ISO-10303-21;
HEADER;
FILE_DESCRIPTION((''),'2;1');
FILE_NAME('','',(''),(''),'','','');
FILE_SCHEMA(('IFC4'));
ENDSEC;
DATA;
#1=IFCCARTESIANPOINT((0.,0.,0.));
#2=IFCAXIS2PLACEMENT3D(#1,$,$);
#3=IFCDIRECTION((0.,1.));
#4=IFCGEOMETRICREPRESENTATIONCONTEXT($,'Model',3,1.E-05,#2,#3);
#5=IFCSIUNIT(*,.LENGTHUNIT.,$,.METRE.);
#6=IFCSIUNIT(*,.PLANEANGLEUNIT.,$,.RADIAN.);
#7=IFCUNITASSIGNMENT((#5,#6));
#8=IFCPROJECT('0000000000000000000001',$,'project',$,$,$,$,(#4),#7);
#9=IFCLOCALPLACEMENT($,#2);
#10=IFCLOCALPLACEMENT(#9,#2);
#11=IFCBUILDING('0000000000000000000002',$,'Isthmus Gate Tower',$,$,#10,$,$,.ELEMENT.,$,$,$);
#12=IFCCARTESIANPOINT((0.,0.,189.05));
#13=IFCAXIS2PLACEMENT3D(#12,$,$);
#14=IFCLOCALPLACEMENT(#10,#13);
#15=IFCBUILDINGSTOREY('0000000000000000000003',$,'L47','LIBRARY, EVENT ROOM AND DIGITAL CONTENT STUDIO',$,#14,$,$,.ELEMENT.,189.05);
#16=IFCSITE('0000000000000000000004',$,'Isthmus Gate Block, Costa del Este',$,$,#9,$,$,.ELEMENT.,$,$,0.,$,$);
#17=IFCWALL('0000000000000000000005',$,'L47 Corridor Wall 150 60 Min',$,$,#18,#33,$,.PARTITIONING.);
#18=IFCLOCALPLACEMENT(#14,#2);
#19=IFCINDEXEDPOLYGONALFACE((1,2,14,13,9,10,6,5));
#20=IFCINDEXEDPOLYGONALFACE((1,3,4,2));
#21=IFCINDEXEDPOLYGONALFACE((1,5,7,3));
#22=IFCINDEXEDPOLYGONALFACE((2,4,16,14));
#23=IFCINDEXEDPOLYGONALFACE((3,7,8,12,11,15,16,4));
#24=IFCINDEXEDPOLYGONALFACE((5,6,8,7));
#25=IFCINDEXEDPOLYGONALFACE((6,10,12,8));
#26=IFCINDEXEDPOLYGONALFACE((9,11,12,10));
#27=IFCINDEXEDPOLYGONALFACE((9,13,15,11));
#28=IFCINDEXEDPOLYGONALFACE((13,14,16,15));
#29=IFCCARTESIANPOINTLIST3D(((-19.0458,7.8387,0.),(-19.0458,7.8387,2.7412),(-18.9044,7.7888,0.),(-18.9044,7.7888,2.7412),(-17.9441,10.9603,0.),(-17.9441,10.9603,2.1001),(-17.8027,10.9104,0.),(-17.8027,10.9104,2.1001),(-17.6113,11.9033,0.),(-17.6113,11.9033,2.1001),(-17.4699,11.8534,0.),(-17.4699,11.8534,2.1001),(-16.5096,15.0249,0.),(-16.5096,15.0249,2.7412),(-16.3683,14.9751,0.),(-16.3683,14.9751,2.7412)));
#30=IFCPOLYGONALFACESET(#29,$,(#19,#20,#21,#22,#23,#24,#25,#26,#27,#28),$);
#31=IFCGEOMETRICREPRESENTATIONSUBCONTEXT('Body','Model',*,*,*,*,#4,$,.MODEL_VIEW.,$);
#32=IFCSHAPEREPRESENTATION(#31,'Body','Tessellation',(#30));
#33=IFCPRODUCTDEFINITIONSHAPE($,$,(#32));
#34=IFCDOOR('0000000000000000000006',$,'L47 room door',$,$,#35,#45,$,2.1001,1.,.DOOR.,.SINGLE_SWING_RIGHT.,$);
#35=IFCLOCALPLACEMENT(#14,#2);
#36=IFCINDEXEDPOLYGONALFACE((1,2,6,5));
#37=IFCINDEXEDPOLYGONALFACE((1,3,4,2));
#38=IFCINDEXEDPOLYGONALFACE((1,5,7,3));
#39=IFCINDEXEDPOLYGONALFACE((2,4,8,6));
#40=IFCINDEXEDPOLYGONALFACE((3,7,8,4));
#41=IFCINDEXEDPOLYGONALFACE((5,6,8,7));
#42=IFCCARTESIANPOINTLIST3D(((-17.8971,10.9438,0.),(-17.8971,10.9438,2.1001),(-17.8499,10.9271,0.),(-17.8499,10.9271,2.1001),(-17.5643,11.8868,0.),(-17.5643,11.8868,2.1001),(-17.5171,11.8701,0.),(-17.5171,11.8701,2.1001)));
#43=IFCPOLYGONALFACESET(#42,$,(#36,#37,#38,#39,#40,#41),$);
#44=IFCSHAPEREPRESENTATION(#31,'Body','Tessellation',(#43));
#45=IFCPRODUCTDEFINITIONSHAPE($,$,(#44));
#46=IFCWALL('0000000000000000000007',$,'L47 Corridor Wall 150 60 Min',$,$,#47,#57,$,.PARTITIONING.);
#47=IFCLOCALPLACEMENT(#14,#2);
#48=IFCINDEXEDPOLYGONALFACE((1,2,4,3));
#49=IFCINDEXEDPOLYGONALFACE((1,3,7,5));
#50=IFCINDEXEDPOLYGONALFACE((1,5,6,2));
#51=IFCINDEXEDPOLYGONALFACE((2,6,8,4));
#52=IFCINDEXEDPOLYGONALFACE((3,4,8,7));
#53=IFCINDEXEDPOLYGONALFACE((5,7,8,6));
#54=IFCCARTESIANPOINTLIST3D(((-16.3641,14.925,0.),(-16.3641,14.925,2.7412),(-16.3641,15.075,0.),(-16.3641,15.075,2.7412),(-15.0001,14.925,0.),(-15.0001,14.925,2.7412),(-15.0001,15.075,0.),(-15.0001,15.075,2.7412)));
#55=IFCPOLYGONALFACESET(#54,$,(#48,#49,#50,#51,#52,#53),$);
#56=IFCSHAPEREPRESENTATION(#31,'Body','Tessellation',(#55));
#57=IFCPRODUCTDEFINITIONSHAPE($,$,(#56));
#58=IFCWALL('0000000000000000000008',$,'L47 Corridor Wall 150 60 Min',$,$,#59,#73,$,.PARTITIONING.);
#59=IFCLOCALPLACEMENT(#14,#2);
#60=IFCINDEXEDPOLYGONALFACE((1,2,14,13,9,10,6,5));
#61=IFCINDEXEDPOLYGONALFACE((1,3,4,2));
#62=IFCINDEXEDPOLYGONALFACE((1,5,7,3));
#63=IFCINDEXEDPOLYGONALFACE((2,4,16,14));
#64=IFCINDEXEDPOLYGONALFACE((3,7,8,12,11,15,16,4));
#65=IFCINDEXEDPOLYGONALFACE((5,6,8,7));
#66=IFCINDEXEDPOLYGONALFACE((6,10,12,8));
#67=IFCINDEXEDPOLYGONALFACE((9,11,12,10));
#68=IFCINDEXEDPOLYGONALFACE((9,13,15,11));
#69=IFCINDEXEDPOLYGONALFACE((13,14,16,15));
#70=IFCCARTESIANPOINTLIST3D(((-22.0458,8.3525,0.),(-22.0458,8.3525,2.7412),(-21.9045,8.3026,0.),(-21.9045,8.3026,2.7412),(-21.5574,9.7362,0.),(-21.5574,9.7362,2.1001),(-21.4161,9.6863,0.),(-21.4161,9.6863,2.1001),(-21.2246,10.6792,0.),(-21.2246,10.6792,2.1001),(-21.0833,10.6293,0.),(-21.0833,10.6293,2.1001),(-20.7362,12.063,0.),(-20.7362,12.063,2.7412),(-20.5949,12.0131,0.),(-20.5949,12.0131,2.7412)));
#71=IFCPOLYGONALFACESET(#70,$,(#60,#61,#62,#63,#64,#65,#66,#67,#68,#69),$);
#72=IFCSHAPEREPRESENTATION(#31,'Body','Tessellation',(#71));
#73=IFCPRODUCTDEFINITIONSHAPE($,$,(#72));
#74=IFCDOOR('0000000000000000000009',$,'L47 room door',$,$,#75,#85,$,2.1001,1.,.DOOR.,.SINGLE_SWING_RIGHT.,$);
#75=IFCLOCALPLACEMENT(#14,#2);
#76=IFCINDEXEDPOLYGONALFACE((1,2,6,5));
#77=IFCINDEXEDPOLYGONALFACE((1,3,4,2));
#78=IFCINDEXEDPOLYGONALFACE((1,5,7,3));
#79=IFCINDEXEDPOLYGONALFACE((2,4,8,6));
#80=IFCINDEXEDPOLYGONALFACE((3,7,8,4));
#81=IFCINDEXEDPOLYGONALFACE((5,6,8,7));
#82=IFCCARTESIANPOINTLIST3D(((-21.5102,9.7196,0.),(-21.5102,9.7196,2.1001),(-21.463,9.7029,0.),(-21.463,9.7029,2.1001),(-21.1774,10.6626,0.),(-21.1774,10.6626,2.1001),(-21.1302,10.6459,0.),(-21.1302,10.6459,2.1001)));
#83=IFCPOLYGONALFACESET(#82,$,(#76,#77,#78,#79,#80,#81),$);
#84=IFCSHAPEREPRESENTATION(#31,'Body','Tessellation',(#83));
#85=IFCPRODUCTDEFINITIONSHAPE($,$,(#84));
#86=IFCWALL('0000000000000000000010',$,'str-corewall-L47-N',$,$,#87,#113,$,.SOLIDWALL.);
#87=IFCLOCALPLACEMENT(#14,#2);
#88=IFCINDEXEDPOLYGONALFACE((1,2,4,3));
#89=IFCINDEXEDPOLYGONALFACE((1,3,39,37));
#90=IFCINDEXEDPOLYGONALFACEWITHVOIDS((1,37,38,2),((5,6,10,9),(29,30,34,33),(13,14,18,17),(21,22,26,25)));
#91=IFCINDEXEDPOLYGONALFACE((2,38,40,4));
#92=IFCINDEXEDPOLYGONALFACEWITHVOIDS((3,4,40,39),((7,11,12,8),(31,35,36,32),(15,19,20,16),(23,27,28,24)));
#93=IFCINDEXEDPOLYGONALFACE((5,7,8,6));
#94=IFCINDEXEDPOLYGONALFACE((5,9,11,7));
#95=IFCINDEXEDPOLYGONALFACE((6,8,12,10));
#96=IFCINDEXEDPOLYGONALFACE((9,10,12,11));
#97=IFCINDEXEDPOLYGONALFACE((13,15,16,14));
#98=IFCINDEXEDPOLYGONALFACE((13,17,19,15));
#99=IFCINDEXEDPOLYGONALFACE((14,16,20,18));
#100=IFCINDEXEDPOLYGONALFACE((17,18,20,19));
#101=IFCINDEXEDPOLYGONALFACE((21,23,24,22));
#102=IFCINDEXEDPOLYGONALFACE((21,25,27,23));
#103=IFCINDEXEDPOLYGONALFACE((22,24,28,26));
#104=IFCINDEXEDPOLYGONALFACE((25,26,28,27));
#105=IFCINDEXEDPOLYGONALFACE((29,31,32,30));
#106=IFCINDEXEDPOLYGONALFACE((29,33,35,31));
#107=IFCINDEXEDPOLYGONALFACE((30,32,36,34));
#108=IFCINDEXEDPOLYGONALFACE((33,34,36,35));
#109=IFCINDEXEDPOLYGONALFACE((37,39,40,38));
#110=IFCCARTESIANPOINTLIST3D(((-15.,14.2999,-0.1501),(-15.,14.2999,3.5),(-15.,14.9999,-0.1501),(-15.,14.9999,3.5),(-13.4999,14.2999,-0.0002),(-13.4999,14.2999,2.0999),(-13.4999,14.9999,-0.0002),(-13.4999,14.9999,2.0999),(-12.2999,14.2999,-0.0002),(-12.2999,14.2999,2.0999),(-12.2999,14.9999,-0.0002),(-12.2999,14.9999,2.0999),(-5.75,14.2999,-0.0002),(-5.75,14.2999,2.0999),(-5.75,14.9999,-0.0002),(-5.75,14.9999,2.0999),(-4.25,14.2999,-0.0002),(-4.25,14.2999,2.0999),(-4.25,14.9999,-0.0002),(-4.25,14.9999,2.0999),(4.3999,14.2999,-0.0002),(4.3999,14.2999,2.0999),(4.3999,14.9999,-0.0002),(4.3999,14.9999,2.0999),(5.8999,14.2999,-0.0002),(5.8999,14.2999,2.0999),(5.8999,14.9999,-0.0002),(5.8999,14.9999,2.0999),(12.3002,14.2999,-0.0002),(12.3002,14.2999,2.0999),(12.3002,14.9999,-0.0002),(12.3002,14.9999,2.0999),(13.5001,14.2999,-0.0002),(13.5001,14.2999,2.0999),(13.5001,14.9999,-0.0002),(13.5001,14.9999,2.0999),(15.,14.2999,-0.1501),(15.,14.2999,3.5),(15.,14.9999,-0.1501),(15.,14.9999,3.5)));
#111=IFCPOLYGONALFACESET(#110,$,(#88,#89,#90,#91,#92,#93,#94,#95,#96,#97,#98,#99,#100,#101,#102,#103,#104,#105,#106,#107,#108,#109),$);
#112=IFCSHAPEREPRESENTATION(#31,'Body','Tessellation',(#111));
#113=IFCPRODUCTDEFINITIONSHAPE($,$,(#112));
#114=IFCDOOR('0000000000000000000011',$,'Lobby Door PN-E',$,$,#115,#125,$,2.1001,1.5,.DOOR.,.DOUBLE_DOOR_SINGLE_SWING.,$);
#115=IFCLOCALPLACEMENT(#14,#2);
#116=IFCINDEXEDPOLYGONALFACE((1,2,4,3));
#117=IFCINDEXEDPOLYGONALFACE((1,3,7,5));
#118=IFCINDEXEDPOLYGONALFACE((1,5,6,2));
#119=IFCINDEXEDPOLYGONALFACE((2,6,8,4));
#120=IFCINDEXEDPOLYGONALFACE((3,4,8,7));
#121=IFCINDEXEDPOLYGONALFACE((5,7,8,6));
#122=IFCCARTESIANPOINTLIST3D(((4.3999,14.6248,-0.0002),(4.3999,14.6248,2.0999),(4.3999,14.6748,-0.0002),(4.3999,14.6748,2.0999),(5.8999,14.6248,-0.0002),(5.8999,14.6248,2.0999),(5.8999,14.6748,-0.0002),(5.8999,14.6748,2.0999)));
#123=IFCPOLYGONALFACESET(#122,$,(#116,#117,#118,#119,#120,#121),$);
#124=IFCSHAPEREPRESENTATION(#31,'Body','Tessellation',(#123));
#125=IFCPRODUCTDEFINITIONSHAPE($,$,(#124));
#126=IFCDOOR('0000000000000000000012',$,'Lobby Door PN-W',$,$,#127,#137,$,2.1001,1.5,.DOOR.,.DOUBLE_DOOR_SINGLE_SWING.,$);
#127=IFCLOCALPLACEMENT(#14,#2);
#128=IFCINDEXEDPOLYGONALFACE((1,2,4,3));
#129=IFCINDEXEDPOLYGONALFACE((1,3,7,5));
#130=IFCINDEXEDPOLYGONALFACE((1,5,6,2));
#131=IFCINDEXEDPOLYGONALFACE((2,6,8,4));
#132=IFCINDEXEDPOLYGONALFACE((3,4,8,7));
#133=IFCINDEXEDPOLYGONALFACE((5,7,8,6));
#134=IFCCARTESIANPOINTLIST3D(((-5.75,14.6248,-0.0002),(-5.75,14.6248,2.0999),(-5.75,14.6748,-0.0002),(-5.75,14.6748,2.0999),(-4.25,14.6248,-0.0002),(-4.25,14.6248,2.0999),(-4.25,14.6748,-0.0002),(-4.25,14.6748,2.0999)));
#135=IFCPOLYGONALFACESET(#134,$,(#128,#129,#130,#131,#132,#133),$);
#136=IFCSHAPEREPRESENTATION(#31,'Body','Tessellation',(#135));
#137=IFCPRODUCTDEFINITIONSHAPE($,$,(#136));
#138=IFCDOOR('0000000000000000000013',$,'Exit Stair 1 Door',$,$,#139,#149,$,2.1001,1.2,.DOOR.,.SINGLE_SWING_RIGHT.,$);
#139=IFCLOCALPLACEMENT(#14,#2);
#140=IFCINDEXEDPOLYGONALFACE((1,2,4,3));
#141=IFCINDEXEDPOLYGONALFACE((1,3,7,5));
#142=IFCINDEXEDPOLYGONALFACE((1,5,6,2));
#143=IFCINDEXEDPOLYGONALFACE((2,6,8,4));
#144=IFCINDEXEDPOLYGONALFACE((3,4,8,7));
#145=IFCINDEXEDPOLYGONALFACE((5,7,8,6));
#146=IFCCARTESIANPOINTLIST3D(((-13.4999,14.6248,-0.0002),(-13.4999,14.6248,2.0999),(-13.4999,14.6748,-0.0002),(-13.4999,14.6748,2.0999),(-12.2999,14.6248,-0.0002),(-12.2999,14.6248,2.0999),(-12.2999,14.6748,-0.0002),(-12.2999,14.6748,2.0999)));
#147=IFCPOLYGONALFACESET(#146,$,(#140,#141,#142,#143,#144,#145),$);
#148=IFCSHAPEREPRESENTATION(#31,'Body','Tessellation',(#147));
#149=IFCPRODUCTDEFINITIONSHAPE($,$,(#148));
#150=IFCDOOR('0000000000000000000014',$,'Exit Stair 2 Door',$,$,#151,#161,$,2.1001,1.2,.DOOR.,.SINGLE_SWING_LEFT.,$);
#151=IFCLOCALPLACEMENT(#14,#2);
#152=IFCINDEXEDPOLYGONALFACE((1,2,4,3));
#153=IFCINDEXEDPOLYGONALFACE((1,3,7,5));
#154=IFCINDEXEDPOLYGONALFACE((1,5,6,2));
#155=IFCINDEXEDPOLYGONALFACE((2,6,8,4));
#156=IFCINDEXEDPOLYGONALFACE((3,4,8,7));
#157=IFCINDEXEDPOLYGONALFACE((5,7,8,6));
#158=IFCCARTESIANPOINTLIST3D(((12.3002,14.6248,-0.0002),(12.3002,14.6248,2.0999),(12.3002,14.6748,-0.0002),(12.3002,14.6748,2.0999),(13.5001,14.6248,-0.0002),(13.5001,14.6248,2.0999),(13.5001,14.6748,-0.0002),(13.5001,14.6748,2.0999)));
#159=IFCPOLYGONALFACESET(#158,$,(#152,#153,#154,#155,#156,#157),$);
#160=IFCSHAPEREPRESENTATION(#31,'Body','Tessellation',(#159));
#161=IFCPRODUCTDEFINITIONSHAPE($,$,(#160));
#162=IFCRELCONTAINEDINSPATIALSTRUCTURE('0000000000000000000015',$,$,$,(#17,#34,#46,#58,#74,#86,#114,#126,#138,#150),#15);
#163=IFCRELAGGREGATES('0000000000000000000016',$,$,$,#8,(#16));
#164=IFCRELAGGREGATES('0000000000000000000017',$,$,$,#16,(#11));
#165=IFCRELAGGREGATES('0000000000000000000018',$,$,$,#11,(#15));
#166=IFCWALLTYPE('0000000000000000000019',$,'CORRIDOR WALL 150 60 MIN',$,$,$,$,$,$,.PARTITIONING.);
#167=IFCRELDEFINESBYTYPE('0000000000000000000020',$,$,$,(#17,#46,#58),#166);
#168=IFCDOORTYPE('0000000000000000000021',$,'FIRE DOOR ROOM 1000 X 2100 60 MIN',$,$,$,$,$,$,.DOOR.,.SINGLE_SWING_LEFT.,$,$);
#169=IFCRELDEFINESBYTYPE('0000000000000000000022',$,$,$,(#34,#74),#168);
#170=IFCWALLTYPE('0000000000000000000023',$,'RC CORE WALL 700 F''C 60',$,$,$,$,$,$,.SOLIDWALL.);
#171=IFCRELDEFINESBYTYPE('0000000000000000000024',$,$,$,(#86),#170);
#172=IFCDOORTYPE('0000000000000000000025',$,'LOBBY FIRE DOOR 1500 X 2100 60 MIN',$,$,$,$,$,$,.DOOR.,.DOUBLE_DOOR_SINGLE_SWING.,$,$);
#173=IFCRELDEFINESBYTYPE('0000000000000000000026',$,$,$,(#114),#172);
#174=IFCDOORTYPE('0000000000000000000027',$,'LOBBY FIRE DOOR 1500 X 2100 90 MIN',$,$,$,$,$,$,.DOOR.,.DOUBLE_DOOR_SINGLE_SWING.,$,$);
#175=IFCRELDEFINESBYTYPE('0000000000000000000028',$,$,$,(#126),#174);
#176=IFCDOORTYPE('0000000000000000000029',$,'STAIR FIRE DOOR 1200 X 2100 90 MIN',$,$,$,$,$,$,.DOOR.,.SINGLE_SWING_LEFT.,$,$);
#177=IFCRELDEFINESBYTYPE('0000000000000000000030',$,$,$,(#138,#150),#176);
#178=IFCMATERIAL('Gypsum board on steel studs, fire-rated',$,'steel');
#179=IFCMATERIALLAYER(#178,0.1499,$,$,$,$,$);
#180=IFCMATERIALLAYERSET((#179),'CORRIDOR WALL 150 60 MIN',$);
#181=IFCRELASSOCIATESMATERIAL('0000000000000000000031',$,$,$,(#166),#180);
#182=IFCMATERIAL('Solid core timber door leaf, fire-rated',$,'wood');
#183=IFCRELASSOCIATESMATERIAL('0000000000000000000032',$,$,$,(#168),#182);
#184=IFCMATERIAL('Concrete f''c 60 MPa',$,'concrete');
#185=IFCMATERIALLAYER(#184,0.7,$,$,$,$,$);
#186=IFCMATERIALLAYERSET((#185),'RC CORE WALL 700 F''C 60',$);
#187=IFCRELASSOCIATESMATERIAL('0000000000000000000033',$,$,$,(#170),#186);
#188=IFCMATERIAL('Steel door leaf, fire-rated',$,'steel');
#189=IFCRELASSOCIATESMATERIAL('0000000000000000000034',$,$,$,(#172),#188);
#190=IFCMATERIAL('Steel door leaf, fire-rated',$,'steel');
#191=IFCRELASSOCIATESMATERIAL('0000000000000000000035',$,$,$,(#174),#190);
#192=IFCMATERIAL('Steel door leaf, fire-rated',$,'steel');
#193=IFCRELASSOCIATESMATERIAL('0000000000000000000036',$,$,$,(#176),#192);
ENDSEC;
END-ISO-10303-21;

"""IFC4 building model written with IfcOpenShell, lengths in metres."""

from ifc_helpers import new_model, si_unit, direction, frame, frame_2d, origin, place, context, subcontext, project, spatial, rectangle, extrude, material, layer, layer_set, type_object, element, fill, save


model = new_model("IFC4")

# Units and contexts
model_context = context("Model", 3, precision=1e-05, world=origin(), true_north=direction((0.0, 1.0)))
body_context = subcontext(model_context, "Body", "Model", "MODEL_VIEW")
ifc_project = project(units=[si_unit("LENGTHUNIT", "METRE"), si_unit("PLANEANGLEUNIT", "RADIAN")], contexts=[model_context])

# Site, building, storey
site_placement = place(None, origin())
site = spatial("IfcSite", under=ifc_project, at=site_placement, Name="Isthmus Gate Block, Costa del Este", CompositionType="ELEMENT", RefElevation=0.0)
building_placement = place(site_placement, origin())
building = spatial("IfcBuilding", under=site, at=building_placement, Name="Isthmus Gate Tower", CompositionType="ELEMENT")
storey_placement = place(building_placement, frame((0.0, 0.0, 189.05)))
storey = spatial("IfcBuildingStorey", under=building, at=storey_placement, Name="L47", Description="LIBRARY, EVENT ROOM AND DIGITAL CONTENT STUDIO", CompositionType="ELEMENT", Elevation=189.05)

# Shared definitions
ifc_material_1 = material(Name="Gypsum board on steel studs, fire-rated", Category="steel")
ifc_layer_1 = layer(ifc_material_1, 0.1499)
ifc_layer_set_1 = layer_set([ifc_layer_1], Name="CORRIDOR WALL 150 60 MIN")
wall_type_1 = type_object("IfcWallType", Name="CORRIDOR WALL 150 60 MIN", PredefinedType="PARTITIONING", material=ifc_layer_set_1)

# Wall, opening, door
wall_1_placement = place(storey_placement, frame((-16.439, 15.0, 0.0), z_axis=(0.0, 0.0, 1.0), x_axis=(-0.332797, -0.942999, 0.0)))
wall_1 = element("IfcWall", 1, at=wall_1_placement, inside=storey, type_object=wall_type_1, Name="L47 Corridor Wall 150 60 Min", PredefinedType="PARTITIONING", context=body_context, shape_type="SweptSolid", body=[
    extrude(rectangle(XDim=7.6206, YDim=0.1499, at=frame_2d((3.8103, 0.0))), origin(), (0.0, 0.0, 1.0), 2.7412),
])
opening_1_placement = place(wall_1_placement, frame((3.3103, 0.0, 0.0)))
opening_1 = element("IfcOpeningElement", 2, at=opening_1_placement, cuts=wall_1, PredefinedType="OPENING", context=body_context, shape_type="SweptSolid", body=[
    extrude(rectangle(XDim=1.0, YDim=2.1001, at=frame_2d((0.5, 1.05))), frame((0.0, 0.085, 0.0), z_axis=(0.0, -1.0, 0.0), x_axis=(1.0, 0.0, 0.0)), (0.0, 0.0, 1.0), 0.1699),
])
ifc_material_2 = material(Name="Solid core timber door leaf, fire-rated", Category="wood")
door_type_1 = type_object("IfcDoorType", Name="FIRE DOOR ROOM 1000 X 2100 60 MIN", OperationType="SINGLE_SWING_LEFT", PredefinedType="DOOR", material=ifc_material_2)
door_1_placement = place(opening_1_placement, origin())
door_1 = element("IfcDoor", 3, at=door_1_placement, inside=storey, type_object=door_type_1, Name="L47 room door", OperationType="SINGLE_SWING_RIGHT", OverallHeight=2.1001, OverallWidth=1.0, PredefinedType="DOOR", context=body_context, shape_type="SweptSolid", body=[
    extrude(rectangle(XDim=1.0, YDim=2.1001, at=frame_2d((0.5, 1.05))), frame((0.0, 0.0249, 0.0), z_axis=(0.0, -1.0, 0.0), x_axis=(1.0, 0.0, 0.0)), (0.0, 0.0, 1.0), 0.05),
])
fill(opening_1, door_1)

# Wall
wall_2_placement = place(storey_placement, frame((-15.0, 15.0, 0.0), z_axis=(0.0, 0.0, 1.0), x_axis=(-1.0, 0.0, 0.0)))
element("IfcWall", 4, at=wall_2_placement, inside=storey, type_object=wall_type_1, Name="L47 Corridor Wall 150 60 Min", PredefinedType="PARTITIONING", context=body_context, shape_type="SweptSolid", body=[
    extrude(rectangle(XDim=1.364, YDim=0.1499, at=frame_2d((0.6821, 0.0))), origin(), (0.0, 0.0, 1.0), 2.7412),
])

# Wall, opening, door
wall_3_placement = place(storey_placement, frame((-21.9751, 8.3276, 0.0), z_axis=(0.0, 0.0, 1.0), x_axis=(0.33282, 0.94299, 0.0)))
wall_3 = element("IfcWall", 5, at=wall_3_placement, inside=storey, type_object=wall_type_1, Name="L47 Corridor Wall 150 60 Min", PredefinedType="PARTITIONING", context=body_context, shape_type="SweptSolid", body=[
    extrude(rectangle(XDim=3.9348, YDim=0.1499, at=frame_2d((1.9673, 0.0))), origin(), (0.0, 0.0, 1.0), 2.7412),
])
opening_2_placement = place(wall_3_placement, frame((1.4673, 0.0, 0.0)))
opening_2 = element("IfcOpeningElement", 6, at=opening_2_placement, cuts=wall_3, PredefinedType="OPENING", context=body_context, shape_type="SweptSolid", body=[
    extrude(rectangle(XDim=1.0, YDim=2.1001, at=frame_2d((0.5, 1.05))), frame((0.0, 0.085, 0.0), z_axis=(0.0, -1.0, 0.0), x_axis=(1.0, 0.0, 0.0)), (0.0, 0.0, 1.0), 0.1699),
])
door_2_placement = place(opening_2_placement, origin())
door_2 = element("IfcDoor", 7, at=door_2_placement, inside=storey, type_object=door_type_1, Name="L47 room door", OperationType="SINGLE_SWING_RIGHT", OverallHeight=2.1001, OverallWidth=1.0, PredefinedType="DOOR", context=body_context, shape_type="SweptSolid", body=[
    extrude(rectangle(XDim=1.0, YDim=2.1001, at=frame_2d((0.5, 1.05))), frame((0.0, 0.0249, 0.0), z_axis=(0.0, -1.0, 0.0), x_axis=(1.0, 0.0, 0.0)), (0.0, 0.0, 1.0), 0.05),
])
fill(opening_2, door_2)

# Wall, openings, doors
ifc_material_3 = material(Name="Concrete f'c 60 MPa", Category="concrete")
ifc_layer_2 = layer(ifc_material_3, 0.7)
ifc_layer_set_2 = layer_set([ifc_layer_2], Name="RC CORE WALL 700 F'C 60")
wall_type_2 = type_object("IfcWallType", Name="RC CORE WALL 700 F'C 60", PredefinedType="SOLIDWALL", material=ifc_layer_set_2)
wall_4_placement = place(storey_placement, frame((-15.0, 14.6499, -0.1501), z_axis=(0.0, 0.0, 1.0), x_axis=(1.0, 0.0, 0.0)))
wall_4 = element("IfcWall", 8, at=wall_4_placement, inside=storey, type_object=wall_type_2, Name="str-corewall-L47-N", PredefinedType="SOLIDWALL", context=body_context, shape_type="SweptSolid", body=[
    extrude(rectangle(XDim=30.0, YDim=0.7, at=frame_2d((15.0, 0.0))), origin(), (0.0, 0.0, 1.0), 3.6501),
])
opening_3_placement = place(wall_4_placement, frame((9.25, 0.0, 0.1499)))
opening_3 = element("IfcOpeningElement", 9, at=opening_3_placement, cuts=wall_4, PredefinedType="OPENING", context=body_context, shape_type="SweptSolid", body=[
    extrude(rectangle(XDim=1.5, YDim=2.1001, at=frame_2d((0.75, 1.05))), frame((0.0, 0.3599, 0.0), z_axis=(0.0, -1.0, 0.0), x_axis=(1.0, 0.0, 0.0)), (0.0, 0.0, 1.0), 0.72),
])
opening_4_placement = place(wall_4_placement, frame((19.3999, 0.0, 0.1499)))
opening_4 = element("IfcOpeningElement", 10, at=opening_4_placement, cuts=wall_4, PredefinedType="OPENING", context=body_context, shape_type="SweptSolid", body=[
    extrude(rectangle(XDim=1.5, YDim=2.1001, at=frame_2d((0.75, 1.05))), frame((0.0, 0.3599, 0.0), z_axis=(0.0, -1.0, 0.0), x_axis=(1.0, 0.0, 0.0)), (0.0, 0.0, 1.0), 0.72),
])
opening_5_placement = place(wall_4_placement, frame((1.5, 0.0, 0.1499)))
opening_5 = element("IfcOpeningElement", 11, at=opening_5_placement, cuts=wall_4, PredefinedType="OPENING", context=body_context, shape_type="SweptSolid", body=[
    extrude(rectangle(XDim=1.2, YDim=2.1001, at=frame_2d((0.6001, 1.05))), frame((0.0, 0.3599, 0.0), z_axis=(0.0, -1.0, 0.0), x_axis=(1.0, 0.0, 0.0)), (0.0, 0.0, 1.0), 0.72),
])
opening_6_placement = place(wall_4_placement, frame((27.3, 0.0, 0.1499)))
opening_6 = element("IfcOpeningElement", 12, at=opening_6_placement, cuts=wall_4, PredefinedType="OPENING", context=body_context, shape_type="SweptSolid", body=[
    extrude(rectangle(XDim=1.2, YDim=2.1001, at=frame_2d((0.6001, 1.05))), frame((0.0, 0.3599, 0.0), z_axis=(0.0, -1.0, 0.0), x_axis=(1.0, 0.0, 0.0)), (0.0, 0.0, 1.0), 0.72),
])
ifc_material_4 = material(Name="Steel door leaf, fire-rated", Category="steel")
door_type_2 = type_object("IfcDoorType", Name="LOBBY FIRE DOOR 1500 X 2100 60 MIN", OperationType="DOUBLE_DOOR_SINGLE_SWING", PredefinedType="DOOR", material=ifc_material_4)
door_3_placement = place(opening_4_placement, origin())
door_3 = element("IfcDoor", 13, at=door_3_placement, inside=storey, type_object=door_type_2, Name="Lobby Door PN-E", OperationType="DOUBLE_DOOR_SINGLE_SWING", OverallHeight=2.1001, OverallWidth=1.5, PredefinedType="DOOR", context=body_context, shape_type="SweptSolid", body=[
    extrude(rectangle(XDim=1.5, YDim=2.1001, at=frame_2d((0.75, 1.05))), frame((0.0, 0.0249, 0.0), z_axis=(0.0, -1.0, 0.0), x_axis=(1.0, 0.0, 0.0)), (0.0, 0.0, 1.0), 0.05),
])
fill(opening_4, door_3)
ifc_material_5 = material(Name="Steel door leaf, fire-rated", Category="steel")
door_type_3 = type_object("IfcDoorType", Name="LOBBY FIRE DOOR 1500 X 2100 90 MIN", OperationType="DOUBLE_DOOR_SINGLE_SWING", PredefinedType="DOOR", material=ifc_material_5)
door_4_placement = place(opening_3_placement, origin())
door_4 = element("IfcDoor", 14, at=door_4_placement, inside=storey, type_object=door_type_3, Name="Lobby Door PN-W", OperationType="DOUBLE_DOOR_SINGLE_SWING", OverallHeight=2.1001, OverallWidth=1.5, PredefinedType="DOOR", context=body_context, shape_type="SweptSolid", body=[
    extrude(rectangle(XDim=1.5, YDim=2.1001, at=frame_2d((0.75, 1.05))), frame((0.0, 0.0249, 0.0), z_axis=(0.0, -1.0, 0.0), x_axis=(1.0, 0.0, 0.0)), (0.0, 0.0, 1.0), 0.05),
])
fill(opening_3, door_4)
ifc_material_6 = material(Name="Steel door leaf, fire-rated", Category="steel")
door_type_4 = type_object("IfcDoorType", Name="STAIR FIRE DOOR 1200 X 2100 90 MIN", OperationType="SINGLE_SWING_LEFT", PredefinedType="DOOR", material=ifc_material_6)
door_5_placement = place(opening_5_placement, origin())
door_5 = element("IfcDoor", 15, at=door_5_placement, inside=storey, type_object=door_type_4, Name="Exit Stair 1 Door", OperationType="SINGLE_SWING_RIGHT", OverallHeight=2.1001, OverallWidth=1.2, PredefinedType="DOOR", context=body_context, shape_type="SweptSolid", body=[
    extrude(rectangle(XDim=1.2, YDim=2.1001, at=frame_2d((0.6001, 1.05))), frame((0.0, 0.0249, 0.0), z_axis=(0.0, -1.0, 0.0), x_axis=(1.0, 0.0, 0.0)), (0.0, 0.0, 1.0), 0.05),
])
fill(opening_5, door_5)
door_6_placement = place(opening_6_placement, origin())
door_6 = element("IfcDoor", 16, at=door_6_placement, inside=storey, type_object=door_type_4, Name="Exit Stair 2 Door", OperationType="SINGLE_SWING_LEFT", OverallHeight=2.1001, OverallWidth=1.2, PredefinedType="DOOR", context=body_context, shape_type="SweptSolid", body=[
    extrude(rectangle(XDim=1.2, YDim=2.1001, at=frame_2d((0.6001, 1.05))), frame((0.0, 0.0249, 0.0), z_axis=(0.0, -1.0, 0.0), x_axis=(1.0, 0.0, 0.0)), (0.0, 0.0, 1.0), 0.05),
])
fill(opening_6, door_6)

save(model, "model.ifc")
